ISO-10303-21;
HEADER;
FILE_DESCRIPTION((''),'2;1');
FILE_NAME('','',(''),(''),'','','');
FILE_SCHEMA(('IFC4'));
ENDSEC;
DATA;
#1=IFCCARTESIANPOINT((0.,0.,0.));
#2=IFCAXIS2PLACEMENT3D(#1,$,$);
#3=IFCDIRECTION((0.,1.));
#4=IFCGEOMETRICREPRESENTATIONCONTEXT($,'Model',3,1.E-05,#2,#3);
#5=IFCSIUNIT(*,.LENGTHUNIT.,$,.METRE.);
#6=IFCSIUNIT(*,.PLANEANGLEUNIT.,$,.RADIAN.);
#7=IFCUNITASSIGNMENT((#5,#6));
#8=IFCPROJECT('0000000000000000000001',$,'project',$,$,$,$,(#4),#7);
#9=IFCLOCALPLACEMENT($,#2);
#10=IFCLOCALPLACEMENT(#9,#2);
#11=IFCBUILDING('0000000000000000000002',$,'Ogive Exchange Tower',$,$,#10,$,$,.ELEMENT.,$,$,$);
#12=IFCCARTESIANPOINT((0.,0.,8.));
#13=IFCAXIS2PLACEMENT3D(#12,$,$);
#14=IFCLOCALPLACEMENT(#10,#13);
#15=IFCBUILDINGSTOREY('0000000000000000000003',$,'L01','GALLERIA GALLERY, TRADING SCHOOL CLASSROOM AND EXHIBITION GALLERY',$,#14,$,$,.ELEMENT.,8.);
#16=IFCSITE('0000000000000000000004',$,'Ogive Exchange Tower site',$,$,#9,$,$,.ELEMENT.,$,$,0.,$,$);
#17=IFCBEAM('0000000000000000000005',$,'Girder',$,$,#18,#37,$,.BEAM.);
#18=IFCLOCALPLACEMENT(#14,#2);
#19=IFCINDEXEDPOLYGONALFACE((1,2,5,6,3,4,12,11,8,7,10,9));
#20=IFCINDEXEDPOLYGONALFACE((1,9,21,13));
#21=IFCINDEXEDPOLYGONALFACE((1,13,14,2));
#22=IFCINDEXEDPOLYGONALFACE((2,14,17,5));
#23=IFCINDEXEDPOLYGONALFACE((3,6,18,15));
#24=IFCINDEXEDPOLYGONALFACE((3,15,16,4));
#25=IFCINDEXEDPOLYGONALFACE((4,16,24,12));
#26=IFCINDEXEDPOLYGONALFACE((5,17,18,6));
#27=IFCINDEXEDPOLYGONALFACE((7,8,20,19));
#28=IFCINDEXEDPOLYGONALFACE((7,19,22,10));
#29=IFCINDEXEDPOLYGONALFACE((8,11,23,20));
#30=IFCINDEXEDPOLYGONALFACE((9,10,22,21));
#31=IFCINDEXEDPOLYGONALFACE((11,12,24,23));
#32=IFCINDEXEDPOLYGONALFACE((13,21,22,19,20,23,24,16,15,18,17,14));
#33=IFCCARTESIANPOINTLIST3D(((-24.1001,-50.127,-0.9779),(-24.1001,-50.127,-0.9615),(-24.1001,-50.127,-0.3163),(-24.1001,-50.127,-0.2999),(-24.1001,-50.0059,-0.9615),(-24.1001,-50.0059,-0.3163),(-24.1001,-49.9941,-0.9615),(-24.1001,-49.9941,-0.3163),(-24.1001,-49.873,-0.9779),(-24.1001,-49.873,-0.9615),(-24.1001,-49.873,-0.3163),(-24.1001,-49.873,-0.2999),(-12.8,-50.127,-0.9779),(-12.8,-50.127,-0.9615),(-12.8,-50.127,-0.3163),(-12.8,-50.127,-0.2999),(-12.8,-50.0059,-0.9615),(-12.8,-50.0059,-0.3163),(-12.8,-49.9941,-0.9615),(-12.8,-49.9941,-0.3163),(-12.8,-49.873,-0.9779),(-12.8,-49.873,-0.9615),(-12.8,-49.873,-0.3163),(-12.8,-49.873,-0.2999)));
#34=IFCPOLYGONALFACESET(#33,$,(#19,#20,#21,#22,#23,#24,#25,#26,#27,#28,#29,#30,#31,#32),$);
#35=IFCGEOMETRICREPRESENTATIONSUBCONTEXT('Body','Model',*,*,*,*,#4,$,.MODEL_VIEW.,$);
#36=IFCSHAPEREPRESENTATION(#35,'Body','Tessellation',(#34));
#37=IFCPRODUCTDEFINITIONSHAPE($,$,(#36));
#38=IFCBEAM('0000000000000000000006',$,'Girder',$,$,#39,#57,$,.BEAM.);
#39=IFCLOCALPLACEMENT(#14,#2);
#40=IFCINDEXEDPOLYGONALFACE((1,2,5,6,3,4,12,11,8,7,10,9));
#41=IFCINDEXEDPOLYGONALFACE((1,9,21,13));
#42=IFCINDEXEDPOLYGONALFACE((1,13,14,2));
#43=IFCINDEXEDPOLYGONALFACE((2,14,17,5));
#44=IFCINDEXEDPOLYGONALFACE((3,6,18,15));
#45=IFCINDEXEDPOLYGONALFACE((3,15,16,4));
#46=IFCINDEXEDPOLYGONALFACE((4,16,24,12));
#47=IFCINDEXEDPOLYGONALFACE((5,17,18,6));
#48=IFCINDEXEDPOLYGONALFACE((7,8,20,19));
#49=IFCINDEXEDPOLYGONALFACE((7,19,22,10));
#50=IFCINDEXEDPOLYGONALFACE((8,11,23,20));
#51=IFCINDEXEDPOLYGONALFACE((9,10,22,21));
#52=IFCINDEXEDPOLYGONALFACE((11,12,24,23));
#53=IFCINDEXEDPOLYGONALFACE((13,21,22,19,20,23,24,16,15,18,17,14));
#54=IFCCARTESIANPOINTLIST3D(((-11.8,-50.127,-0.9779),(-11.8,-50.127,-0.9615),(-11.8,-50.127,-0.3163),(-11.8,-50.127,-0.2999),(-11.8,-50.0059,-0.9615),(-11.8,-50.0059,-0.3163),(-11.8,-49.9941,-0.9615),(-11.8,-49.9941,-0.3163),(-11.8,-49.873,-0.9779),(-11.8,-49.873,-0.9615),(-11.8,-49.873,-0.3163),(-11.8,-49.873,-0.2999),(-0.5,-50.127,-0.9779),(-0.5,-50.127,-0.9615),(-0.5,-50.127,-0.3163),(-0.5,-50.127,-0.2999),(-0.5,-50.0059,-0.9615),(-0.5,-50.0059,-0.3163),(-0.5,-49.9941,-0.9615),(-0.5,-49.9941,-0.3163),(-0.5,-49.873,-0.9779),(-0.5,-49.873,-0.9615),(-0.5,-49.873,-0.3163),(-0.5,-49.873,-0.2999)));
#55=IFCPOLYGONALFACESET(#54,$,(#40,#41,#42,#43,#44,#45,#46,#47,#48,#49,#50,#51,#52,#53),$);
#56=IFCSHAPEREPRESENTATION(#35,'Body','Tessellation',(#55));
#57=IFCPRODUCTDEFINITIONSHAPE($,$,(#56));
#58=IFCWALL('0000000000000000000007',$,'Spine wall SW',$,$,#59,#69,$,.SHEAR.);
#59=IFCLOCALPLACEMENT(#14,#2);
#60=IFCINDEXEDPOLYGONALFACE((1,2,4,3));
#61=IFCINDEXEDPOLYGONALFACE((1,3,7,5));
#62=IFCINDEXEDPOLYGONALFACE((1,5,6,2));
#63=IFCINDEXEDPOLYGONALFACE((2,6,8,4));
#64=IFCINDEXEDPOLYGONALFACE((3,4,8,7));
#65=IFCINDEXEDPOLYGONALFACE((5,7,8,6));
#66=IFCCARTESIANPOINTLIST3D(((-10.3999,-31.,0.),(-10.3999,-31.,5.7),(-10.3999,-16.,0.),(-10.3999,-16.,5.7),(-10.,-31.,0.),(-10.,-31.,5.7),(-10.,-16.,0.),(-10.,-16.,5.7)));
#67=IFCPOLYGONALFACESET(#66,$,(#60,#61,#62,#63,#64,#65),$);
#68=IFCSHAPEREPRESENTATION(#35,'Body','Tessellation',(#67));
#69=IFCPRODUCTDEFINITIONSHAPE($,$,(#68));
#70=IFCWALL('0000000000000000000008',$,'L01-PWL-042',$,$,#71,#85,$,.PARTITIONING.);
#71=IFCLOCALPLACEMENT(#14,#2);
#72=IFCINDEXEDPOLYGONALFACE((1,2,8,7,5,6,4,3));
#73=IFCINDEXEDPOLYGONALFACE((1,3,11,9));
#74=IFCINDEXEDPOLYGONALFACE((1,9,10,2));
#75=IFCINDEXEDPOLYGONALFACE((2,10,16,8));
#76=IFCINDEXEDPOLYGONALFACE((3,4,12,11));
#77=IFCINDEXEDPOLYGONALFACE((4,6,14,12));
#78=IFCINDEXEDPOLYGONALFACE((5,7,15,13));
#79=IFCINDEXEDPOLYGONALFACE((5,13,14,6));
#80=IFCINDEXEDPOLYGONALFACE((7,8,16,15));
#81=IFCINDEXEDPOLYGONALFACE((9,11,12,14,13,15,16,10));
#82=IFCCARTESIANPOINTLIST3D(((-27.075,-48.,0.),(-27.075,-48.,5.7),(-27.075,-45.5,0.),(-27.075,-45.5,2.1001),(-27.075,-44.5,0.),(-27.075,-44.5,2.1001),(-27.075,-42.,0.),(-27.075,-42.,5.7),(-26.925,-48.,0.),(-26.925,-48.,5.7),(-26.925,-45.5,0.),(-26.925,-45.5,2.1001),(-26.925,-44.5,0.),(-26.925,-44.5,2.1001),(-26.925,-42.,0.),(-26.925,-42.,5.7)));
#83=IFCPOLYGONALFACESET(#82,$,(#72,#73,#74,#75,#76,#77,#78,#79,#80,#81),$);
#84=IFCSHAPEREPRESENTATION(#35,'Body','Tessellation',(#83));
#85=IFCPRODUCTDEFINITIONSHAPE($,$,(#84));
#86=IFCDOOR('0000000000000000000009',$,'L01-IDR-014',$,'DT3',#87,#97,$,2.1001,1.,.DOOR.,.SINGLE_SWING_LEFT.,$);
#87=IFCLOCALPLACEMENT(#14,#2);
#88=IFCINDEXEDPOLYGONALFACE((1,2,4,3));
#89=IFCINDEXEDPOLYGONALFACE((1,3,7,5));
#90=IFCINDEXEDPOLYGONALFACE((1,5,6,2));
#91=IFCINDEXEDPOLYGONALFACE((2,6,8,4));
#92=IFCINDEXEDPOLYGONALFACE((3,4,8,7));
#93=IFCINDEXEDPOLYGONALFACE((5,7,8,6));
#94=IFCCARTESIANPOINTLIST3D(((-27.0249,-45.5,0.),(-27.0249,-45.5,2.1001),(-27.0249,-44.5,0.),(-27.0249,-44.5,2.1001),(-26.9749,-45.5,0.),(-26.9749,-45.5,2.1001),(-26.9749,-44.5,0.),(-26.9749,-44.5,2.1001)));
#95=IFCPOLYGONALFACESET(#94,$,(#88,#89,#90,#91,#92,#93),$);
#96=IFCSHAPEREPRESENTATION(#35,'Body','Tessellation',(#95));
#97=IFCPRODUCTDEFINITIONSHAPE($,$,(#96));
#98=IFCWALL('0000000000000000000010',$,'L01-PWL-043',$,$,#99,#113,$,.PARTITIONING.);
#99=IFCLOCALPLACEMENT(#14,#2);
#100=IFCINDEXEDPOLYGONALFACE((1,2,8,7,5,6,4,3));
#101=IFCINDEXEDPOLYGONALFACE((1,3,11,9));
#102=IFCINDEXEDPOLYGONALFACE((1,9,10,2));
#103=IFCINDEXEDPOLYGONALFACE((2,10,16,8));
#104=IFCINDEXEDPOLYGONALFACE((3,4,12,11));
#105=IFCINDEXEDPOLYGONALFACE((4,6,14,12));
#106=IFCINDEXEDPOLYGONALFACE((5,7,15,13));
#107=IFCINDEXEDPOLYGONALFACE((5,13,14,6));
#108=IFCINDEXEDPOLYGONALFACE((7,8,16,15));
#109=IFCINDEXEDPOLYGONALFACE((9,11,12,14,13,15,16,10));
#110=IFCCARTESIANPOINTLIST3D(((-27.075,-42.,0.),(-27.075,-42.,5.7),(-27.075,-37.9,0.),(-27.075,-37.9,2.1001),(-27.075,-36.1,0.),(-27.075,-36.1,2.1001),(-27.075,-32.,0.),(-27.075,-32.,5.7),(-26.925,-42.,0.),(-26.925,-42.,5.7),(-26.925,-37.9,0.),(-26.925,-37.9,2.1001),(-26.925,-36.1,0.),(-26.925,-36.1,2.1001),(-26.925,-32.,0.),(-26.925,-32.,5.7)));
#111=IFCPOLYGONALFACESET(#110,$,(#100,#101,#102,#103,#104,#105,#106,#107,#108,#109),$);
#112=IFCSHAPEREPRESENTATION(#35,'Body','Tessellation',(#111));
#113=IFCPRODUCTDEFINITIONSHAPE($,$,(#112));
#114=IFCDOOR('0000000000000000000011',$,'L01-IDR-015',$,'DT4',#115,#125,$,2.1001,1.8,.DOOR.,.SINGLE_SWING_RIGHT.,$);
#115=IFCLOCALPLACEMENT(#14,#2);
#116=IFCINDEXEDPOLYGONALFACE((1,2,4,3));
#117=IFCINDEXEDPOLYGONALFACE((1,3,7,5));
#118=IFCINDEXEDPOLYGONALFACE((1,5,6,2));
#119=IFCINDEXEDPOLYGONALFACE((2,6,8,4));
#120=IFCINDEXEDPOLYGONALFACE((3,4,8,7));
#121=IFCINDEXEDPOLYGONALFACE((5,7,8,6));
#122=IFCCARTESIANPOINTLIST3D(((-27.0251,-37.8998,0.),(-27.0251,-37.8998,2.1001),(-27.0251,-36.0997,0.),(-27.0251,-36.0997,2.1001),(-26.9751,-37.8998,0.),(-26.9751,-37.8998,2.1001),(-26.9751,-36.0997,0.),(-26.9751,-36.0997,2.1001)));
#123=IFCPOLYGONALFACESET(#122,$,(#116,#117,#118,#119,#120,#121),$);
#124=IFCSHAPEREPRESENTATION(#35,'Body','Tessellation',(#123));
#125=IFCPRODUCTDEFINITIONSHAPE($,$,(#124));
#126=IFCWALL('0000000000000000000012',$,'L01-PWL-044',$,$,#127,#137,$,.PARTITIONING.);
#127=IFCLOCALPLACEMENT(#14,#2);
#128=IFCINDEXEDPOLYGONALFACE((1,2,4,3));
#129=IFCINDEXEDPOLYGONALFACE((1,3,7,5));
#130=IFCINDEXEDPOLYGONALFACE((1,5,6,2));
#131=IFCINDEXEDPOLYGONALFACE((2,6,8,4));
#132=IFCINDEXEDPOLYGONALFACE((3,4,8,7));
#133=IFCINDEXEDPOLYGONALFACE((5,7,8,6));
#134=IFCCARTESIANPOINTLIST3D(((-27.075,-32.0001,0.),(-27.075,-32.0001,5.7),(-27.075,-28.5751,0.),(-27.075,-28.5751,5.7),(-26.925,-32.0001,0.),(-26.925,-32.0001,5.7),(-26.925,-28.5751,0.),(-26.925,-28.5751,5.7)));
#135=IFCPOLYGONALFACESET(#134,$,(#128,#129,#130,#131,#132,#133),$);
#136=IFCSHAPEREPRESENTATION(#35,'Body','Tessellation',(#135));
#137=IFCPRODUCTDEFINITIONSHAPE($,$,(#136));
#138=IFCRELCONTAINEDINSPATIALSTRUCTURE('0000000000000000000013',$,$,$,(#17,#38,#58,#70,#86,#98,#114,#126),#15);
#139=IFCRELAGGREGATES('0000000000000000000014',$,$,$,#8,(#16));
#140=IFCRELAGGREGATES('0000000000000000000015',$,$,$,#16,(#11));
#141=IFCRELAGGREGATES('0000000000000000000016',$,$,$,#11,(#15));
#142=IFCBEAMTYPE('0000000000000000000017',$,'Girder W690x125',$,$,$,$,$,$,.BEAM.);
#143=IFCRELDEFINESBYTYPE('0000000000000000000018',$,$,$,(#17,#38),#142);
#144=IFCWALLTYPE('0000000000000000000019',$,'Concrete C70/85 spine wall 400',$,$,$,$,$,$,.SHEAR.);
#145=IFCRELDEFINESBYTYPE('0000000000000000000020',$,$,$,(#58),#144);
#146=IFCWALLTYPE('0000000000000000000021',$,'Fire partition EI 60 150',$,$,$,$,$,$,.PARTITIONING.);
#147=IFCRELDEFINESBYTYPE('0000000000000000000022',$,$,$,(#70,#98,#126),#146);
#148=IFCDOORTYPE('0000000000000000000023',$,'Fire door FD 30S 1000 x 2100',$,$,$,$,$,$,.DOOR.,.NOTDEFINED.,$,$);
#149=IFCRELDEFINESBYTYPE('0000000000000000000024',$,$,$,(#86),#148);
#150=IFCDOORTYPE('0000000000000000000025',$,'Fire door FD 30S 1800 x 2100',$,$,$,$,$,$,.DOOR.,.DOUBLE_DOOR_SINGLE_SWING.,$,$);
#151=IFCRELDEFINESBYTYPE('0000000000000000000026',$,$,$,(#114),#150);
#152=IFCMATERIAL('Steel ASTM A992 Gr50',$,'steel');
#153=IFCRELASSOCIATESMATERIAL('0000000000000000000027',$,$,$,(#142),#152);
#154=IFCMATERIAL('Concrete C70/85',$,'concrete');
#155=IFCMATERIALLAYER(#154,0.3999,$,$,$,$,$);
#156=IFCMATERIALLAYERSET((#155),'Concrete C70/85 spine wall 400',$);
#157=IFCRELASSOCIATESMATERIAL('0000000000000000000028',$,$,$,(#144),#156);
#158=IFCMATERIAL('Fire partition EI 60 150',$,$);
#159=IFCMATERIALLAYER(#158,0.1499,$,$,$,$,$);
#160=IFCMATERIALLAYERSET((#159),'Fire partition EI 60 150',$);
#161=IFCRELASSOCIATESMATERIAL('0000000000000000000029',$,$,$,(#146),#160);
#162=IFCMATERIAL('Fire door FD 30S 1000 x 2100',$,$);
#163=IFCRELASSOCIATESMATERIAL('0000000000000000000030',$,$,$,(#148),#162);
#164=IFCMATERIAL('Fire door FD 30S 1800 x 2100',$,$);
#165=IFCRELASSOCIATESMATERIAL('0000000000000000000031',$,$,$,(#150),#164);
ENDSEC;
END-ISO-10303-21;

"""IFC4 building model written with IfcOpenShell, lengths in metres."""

from ifc_helpers import new_model, si_unit, direction, frame, frame_2d, origin, origin_2d, place, context, subcontext, project, spatial, rectangle, i_section, extrude, material, layer, layer_set, material_profile, profile_set, type_object, element, fill, save


model = new_model("IFC4")

# Units and contexts
model_context = context("Model", 3, precision=1e-05, world=origin(), true_north=direction((0.0, 1.0)))
body_context = subcontext(model_context, "Body", "Model", "MODEL_VIEW")
ifc_project = project(units=[si_unit("LENGTHUNIT", "METRE"), si_unit("PLANEANGLEUNIT", "RADIAN")], contexts=[model_context])

# Site, building, storey
site_placement = place(None, origin())
site = spatial("IfcSite", under=ifc_project, at=site_placement, Name="Ogive Exchange Tower site", CompositionType="ELEMENT", RefElevation=0.0)
building_placement = place(site_placement, origin())
building = spatial("IfcBuilding", under=site, at=building_placement, Name="Ogive Exchange Tower", CompositionType="ELEMENT")
storey_placement = place(building_placement, frame((0.0, 0.0, 8.0)))
storey = spatial("IfcBuildingStorey", under=building, at=storey_placement, Name="L01", Description="GALLERIA GALLERY, TRADING SCHOOL CLASSROOM AND EXHIBITION GALLERY", CompositionType="ELEMENT", Elevation=8.0)

# Shared definitions
ifc_material_1 = material(Name="Concrete C70/85", Category="concrete")

# Beams
ifc_material_2 = material(Name="Steel ASTM A992 Gr50", Category="steel")
ifc_material_profile_1 = material_profile(ifc_material_2, i_section(OverallWidth=0.2539, OverallDepth=0.678, WebThickness=0.0117, FlangeThickness=0.0164, at=origin_2d()), Name="W690x125")
ifc_profile_set_1 = profile_set([ifc_material_profile_1], Name="Steel ASTM A992 Gr50")
beam_type_1 = type_object("IfcBeamType", Name="Girder W690x125", PredefinedType="BEAM", material=ifc_profile_set_1)
for number, where, z_axis, x_axis, name in (
    (1, (-24.1001, -50.0, -0.6389), (1.0, 0.0, 0.0), (0.0, 1.0, 0.0), "Girder"),
    (2, (-11.8, -50.0, -0.6389), (1.0, 0.0, 0.0), (0.0, 1.0, 0.0), "Girder"),
):
    element("IfcBeam", number, at=place(storey_placement, frame(where, z_axis=z_axis, x_axis=x_axis)), inside=storey, type_object=beam_type_1, Name=name, PredefinedType="BEAM", context=body_context, shape_type="SweptSolid", body=[
        extrude(i_section(OverallWidth=0.2539, OverallDepth=0.678, WebThickness=0.0117, FlangeThickness=0.0164, at=origin_2d()), origin(), (0.0, 0.0, 1.0), 11.3),
    ])

# Wall
ifc_layer_1 = layer(ifc_material_1, 0.3999)
ifc_layer_set_1 = layer_set([ifc_layer_1], Name="Concrete C70/85 spine wall 400")
wall_type_1 = type_object("IfcWallType", Name="Concrete C70/85 spine wall 400", PredefinedType="SHEAR", material=ifc_layer_set_1)
wall_1_placement = place(storey_placement, frame((-10.2, -31.0, 0.0), z_axis=(0.0, 0.0, 1.0), x_axis=(0.0, 1.0, 0.0)))
element("IfcWall", 3, at=wall_1_placement, inside=storey, type_object=wall_type_1, Name="Spine wall SW", PredefinedType="SHEAR", context=body_context, shape_type="SweptSolid", body=[
    extrude(rectangle(XDim=15.0, YDim=0.3999, at=frame_2d((7.5, 0.0))), origin(), (0.0, 0.0, 1.0), 5.7),
])

# Walls, openings, doors
ifc_material_3 = material(Name="Fire partition EI 60 150")
ifc_layer_2 = layer(ifc_material_3, 0.1499)
ifc_layer_set_2 = layer_set([ifc_layer_2], Name="Fire partition EI 60 150")
wall_type_2 = type_object("IfcWallType", Name="Fire partition EI 60 150", PredefinedType="PARTITIONING", material=ifc_layer_set_2)
wall_2_placement = place(storey_placement, frame((-27.0, -48.0, 0.0), z_axis=(0.0, 0.0, 1.0), x_axis=(0.0, 1.0, 0.0)))
wall_2 = element("IfcWall", 4, at=wall_2_placement, inside=storey, type_object=wall_type_2, Name="L01-PWL-042", PredefinedType="PARTITIONING", context=body_context, shape_type="SweptSolid", body=[
    extrude(rectangle(XDim=6.0, YDim=0.1499, at=frame_2d((3.0, 0.0))), origin(), (0.0, 0.0, 1.0), 5.7),
])
opening_1_placement = place(wall_2_placement, frame((2.5, 0.0, 0.0)))
opening_1 = element("IfcOpeningElement", 5, at=opening_1_placement, cuts=wall_2, PredefinedType="OPENING", context=body_context, shape_type="SweptSolid", body=[
    extrude(rectangle(XDim=1.0, YDim=2.1001, at=frame_2d((0.5, 1.05))), frame((0.0, 0.085, 0.0), z_axis=(0.0, -1.0, 0.0), x_axis=(1.0, 0.0, 0.0)), (0.0, 0.0, 1.0), 0.1699),
])
ifc_material_4 = material(Name="Fire door FD 30S 1000 x 2100")
door_type_1 = type_object("IfcDoorType", Name="Fire door FD 30S 1000 x 2100", OperationType="NOTDEFINED", PredefinedType="DOOR", material=ifc_material_4)
door_1_placement = place(opening_1_placement, origin())
door_1 = element("IfcDoor", 6, at=door_1_placement, inside=storey, type_object=door_type_1, Name="L01-IDR-014", ObjectType="DT3", OperationType="SINGLE_SWING_LEFT", OverallHeight=2.1001, OverallWidth=1.0, PredefinedType="DOOR", context=body_context, shape_type="SweptSolid", body=[
    extrude(rectangle(XDim=1.0, YDim=2.1001, at=frame_2d((0.5, 1.05))), frame((0.0, 0.0249, 0.0), z_axis=(0.0, -1.0, 0.0), x_axis=(1.0, 0.0, 0.0)), (0.0, 0.0, 1.0), 0.05),
])
fill(opening_1, door_1)
wall_3_placement = place(storey_placement, frame((-27.0, -42.0, 0.0), z_axis=(0.0, 0.0, 1.0), x_axis=(0.0, 1.0, 0.0)))
wall_3 = element("IfcWall", 7, at=wall_3_placement, inside=storey, type_object=wall_type_2, Name="L01-PWL-043", PredefinedType="PARTITIONING", context=body_context, shape_type="SweptSolid", body=[
    extrude(rectangle(XDim=10.0, YDim=0.1499, at=frame_2d((5.0, 0.0))), origin(), (0.0, 0.0, 1.0), 5.7),
])
opening_2_placement = place(wall_3_placement, frame((4.1001, 0.0, 0.0)))
opening_2 = element("IfcOpeningElement", 8, at=opening_2_placement, cuts=wall_3, PredefinedType="OPENING", context=body_context, shape_type="SweptSolid", body=[
    extrude(rectangle(XDim=1.8, YDim=2.1001, at=frame_2d((0.8999, 1.05))), frame((0.0, 0.085, 0.0), z_axis=(0.0, -1.0, 0.0), x_axis=(1.0, 0.0, 0.0)), (0.0, 0.0, 1.0), 0.1699),
])
ifc_material_5 = material(Name="Fire door FD 30S 1800 x 2100")
door_type_2 = type_object("IfcDoorType", Name="Fire door FD 30S 1800 x 2100", OperationType="DOUBLE_DOOR_SINGLE_SWING", PredefinedType="DOOR", material=ifc_material_5)
door_2_placement = place(opening_2_placement, frame((1.8, 0.0, 0.0), z_axis=(0.0, 0.0, 1.0), x_axis=(-1.0, 0.0, 0.0)))
door_2 = element("IfcDoor", 9, at=door_2_placement, inside=storey, type_object=door_type_2, Name="L01-IDR-015", ObjectType="DT4", OperationType="SINGLE_SWING_RIGHT", OverallHeight=2.1001, OverallWidth=1.8, PredefinedType="DOOR", context=body_context, shape_type="SweptSolid", body=[
    extrude(rectangle(XDim=1.8, YDim=2.1001, at=frame_2d((0.8999, 1.05))), frame((0.0, 0.0249, 0.0), z_axis=(0.0, -1.0, 0.0), x_axis=(1.0, 0.0, 0.0)), (0.0, 0.0, 1.0), 0.05),
])
fill(opening_2, door_2)

# Wall
wall_4_placement = place(storey_placement, frame((-27.0, -32.0, 0.0), z_axis=(0.0, 0.0, 1.0), x_axis=(0.0, 1.0, 0.0)))
element("IfcWall", 10, at=wall_4_placement, inside=storey, type_object=wall_type_2, Name="L01-PWL-044", PredefinedType="PARTITIONING", context=body_context, shape_type="SweptSolid", body=[
    extrude(rectangle(XDim=3.425, YDim=0.1499, at=frame_2d((1.7124, 0.0))), origin(), (0.0, 0.0, 1.0), 5.7),
])

save(model, "model.ifc")
